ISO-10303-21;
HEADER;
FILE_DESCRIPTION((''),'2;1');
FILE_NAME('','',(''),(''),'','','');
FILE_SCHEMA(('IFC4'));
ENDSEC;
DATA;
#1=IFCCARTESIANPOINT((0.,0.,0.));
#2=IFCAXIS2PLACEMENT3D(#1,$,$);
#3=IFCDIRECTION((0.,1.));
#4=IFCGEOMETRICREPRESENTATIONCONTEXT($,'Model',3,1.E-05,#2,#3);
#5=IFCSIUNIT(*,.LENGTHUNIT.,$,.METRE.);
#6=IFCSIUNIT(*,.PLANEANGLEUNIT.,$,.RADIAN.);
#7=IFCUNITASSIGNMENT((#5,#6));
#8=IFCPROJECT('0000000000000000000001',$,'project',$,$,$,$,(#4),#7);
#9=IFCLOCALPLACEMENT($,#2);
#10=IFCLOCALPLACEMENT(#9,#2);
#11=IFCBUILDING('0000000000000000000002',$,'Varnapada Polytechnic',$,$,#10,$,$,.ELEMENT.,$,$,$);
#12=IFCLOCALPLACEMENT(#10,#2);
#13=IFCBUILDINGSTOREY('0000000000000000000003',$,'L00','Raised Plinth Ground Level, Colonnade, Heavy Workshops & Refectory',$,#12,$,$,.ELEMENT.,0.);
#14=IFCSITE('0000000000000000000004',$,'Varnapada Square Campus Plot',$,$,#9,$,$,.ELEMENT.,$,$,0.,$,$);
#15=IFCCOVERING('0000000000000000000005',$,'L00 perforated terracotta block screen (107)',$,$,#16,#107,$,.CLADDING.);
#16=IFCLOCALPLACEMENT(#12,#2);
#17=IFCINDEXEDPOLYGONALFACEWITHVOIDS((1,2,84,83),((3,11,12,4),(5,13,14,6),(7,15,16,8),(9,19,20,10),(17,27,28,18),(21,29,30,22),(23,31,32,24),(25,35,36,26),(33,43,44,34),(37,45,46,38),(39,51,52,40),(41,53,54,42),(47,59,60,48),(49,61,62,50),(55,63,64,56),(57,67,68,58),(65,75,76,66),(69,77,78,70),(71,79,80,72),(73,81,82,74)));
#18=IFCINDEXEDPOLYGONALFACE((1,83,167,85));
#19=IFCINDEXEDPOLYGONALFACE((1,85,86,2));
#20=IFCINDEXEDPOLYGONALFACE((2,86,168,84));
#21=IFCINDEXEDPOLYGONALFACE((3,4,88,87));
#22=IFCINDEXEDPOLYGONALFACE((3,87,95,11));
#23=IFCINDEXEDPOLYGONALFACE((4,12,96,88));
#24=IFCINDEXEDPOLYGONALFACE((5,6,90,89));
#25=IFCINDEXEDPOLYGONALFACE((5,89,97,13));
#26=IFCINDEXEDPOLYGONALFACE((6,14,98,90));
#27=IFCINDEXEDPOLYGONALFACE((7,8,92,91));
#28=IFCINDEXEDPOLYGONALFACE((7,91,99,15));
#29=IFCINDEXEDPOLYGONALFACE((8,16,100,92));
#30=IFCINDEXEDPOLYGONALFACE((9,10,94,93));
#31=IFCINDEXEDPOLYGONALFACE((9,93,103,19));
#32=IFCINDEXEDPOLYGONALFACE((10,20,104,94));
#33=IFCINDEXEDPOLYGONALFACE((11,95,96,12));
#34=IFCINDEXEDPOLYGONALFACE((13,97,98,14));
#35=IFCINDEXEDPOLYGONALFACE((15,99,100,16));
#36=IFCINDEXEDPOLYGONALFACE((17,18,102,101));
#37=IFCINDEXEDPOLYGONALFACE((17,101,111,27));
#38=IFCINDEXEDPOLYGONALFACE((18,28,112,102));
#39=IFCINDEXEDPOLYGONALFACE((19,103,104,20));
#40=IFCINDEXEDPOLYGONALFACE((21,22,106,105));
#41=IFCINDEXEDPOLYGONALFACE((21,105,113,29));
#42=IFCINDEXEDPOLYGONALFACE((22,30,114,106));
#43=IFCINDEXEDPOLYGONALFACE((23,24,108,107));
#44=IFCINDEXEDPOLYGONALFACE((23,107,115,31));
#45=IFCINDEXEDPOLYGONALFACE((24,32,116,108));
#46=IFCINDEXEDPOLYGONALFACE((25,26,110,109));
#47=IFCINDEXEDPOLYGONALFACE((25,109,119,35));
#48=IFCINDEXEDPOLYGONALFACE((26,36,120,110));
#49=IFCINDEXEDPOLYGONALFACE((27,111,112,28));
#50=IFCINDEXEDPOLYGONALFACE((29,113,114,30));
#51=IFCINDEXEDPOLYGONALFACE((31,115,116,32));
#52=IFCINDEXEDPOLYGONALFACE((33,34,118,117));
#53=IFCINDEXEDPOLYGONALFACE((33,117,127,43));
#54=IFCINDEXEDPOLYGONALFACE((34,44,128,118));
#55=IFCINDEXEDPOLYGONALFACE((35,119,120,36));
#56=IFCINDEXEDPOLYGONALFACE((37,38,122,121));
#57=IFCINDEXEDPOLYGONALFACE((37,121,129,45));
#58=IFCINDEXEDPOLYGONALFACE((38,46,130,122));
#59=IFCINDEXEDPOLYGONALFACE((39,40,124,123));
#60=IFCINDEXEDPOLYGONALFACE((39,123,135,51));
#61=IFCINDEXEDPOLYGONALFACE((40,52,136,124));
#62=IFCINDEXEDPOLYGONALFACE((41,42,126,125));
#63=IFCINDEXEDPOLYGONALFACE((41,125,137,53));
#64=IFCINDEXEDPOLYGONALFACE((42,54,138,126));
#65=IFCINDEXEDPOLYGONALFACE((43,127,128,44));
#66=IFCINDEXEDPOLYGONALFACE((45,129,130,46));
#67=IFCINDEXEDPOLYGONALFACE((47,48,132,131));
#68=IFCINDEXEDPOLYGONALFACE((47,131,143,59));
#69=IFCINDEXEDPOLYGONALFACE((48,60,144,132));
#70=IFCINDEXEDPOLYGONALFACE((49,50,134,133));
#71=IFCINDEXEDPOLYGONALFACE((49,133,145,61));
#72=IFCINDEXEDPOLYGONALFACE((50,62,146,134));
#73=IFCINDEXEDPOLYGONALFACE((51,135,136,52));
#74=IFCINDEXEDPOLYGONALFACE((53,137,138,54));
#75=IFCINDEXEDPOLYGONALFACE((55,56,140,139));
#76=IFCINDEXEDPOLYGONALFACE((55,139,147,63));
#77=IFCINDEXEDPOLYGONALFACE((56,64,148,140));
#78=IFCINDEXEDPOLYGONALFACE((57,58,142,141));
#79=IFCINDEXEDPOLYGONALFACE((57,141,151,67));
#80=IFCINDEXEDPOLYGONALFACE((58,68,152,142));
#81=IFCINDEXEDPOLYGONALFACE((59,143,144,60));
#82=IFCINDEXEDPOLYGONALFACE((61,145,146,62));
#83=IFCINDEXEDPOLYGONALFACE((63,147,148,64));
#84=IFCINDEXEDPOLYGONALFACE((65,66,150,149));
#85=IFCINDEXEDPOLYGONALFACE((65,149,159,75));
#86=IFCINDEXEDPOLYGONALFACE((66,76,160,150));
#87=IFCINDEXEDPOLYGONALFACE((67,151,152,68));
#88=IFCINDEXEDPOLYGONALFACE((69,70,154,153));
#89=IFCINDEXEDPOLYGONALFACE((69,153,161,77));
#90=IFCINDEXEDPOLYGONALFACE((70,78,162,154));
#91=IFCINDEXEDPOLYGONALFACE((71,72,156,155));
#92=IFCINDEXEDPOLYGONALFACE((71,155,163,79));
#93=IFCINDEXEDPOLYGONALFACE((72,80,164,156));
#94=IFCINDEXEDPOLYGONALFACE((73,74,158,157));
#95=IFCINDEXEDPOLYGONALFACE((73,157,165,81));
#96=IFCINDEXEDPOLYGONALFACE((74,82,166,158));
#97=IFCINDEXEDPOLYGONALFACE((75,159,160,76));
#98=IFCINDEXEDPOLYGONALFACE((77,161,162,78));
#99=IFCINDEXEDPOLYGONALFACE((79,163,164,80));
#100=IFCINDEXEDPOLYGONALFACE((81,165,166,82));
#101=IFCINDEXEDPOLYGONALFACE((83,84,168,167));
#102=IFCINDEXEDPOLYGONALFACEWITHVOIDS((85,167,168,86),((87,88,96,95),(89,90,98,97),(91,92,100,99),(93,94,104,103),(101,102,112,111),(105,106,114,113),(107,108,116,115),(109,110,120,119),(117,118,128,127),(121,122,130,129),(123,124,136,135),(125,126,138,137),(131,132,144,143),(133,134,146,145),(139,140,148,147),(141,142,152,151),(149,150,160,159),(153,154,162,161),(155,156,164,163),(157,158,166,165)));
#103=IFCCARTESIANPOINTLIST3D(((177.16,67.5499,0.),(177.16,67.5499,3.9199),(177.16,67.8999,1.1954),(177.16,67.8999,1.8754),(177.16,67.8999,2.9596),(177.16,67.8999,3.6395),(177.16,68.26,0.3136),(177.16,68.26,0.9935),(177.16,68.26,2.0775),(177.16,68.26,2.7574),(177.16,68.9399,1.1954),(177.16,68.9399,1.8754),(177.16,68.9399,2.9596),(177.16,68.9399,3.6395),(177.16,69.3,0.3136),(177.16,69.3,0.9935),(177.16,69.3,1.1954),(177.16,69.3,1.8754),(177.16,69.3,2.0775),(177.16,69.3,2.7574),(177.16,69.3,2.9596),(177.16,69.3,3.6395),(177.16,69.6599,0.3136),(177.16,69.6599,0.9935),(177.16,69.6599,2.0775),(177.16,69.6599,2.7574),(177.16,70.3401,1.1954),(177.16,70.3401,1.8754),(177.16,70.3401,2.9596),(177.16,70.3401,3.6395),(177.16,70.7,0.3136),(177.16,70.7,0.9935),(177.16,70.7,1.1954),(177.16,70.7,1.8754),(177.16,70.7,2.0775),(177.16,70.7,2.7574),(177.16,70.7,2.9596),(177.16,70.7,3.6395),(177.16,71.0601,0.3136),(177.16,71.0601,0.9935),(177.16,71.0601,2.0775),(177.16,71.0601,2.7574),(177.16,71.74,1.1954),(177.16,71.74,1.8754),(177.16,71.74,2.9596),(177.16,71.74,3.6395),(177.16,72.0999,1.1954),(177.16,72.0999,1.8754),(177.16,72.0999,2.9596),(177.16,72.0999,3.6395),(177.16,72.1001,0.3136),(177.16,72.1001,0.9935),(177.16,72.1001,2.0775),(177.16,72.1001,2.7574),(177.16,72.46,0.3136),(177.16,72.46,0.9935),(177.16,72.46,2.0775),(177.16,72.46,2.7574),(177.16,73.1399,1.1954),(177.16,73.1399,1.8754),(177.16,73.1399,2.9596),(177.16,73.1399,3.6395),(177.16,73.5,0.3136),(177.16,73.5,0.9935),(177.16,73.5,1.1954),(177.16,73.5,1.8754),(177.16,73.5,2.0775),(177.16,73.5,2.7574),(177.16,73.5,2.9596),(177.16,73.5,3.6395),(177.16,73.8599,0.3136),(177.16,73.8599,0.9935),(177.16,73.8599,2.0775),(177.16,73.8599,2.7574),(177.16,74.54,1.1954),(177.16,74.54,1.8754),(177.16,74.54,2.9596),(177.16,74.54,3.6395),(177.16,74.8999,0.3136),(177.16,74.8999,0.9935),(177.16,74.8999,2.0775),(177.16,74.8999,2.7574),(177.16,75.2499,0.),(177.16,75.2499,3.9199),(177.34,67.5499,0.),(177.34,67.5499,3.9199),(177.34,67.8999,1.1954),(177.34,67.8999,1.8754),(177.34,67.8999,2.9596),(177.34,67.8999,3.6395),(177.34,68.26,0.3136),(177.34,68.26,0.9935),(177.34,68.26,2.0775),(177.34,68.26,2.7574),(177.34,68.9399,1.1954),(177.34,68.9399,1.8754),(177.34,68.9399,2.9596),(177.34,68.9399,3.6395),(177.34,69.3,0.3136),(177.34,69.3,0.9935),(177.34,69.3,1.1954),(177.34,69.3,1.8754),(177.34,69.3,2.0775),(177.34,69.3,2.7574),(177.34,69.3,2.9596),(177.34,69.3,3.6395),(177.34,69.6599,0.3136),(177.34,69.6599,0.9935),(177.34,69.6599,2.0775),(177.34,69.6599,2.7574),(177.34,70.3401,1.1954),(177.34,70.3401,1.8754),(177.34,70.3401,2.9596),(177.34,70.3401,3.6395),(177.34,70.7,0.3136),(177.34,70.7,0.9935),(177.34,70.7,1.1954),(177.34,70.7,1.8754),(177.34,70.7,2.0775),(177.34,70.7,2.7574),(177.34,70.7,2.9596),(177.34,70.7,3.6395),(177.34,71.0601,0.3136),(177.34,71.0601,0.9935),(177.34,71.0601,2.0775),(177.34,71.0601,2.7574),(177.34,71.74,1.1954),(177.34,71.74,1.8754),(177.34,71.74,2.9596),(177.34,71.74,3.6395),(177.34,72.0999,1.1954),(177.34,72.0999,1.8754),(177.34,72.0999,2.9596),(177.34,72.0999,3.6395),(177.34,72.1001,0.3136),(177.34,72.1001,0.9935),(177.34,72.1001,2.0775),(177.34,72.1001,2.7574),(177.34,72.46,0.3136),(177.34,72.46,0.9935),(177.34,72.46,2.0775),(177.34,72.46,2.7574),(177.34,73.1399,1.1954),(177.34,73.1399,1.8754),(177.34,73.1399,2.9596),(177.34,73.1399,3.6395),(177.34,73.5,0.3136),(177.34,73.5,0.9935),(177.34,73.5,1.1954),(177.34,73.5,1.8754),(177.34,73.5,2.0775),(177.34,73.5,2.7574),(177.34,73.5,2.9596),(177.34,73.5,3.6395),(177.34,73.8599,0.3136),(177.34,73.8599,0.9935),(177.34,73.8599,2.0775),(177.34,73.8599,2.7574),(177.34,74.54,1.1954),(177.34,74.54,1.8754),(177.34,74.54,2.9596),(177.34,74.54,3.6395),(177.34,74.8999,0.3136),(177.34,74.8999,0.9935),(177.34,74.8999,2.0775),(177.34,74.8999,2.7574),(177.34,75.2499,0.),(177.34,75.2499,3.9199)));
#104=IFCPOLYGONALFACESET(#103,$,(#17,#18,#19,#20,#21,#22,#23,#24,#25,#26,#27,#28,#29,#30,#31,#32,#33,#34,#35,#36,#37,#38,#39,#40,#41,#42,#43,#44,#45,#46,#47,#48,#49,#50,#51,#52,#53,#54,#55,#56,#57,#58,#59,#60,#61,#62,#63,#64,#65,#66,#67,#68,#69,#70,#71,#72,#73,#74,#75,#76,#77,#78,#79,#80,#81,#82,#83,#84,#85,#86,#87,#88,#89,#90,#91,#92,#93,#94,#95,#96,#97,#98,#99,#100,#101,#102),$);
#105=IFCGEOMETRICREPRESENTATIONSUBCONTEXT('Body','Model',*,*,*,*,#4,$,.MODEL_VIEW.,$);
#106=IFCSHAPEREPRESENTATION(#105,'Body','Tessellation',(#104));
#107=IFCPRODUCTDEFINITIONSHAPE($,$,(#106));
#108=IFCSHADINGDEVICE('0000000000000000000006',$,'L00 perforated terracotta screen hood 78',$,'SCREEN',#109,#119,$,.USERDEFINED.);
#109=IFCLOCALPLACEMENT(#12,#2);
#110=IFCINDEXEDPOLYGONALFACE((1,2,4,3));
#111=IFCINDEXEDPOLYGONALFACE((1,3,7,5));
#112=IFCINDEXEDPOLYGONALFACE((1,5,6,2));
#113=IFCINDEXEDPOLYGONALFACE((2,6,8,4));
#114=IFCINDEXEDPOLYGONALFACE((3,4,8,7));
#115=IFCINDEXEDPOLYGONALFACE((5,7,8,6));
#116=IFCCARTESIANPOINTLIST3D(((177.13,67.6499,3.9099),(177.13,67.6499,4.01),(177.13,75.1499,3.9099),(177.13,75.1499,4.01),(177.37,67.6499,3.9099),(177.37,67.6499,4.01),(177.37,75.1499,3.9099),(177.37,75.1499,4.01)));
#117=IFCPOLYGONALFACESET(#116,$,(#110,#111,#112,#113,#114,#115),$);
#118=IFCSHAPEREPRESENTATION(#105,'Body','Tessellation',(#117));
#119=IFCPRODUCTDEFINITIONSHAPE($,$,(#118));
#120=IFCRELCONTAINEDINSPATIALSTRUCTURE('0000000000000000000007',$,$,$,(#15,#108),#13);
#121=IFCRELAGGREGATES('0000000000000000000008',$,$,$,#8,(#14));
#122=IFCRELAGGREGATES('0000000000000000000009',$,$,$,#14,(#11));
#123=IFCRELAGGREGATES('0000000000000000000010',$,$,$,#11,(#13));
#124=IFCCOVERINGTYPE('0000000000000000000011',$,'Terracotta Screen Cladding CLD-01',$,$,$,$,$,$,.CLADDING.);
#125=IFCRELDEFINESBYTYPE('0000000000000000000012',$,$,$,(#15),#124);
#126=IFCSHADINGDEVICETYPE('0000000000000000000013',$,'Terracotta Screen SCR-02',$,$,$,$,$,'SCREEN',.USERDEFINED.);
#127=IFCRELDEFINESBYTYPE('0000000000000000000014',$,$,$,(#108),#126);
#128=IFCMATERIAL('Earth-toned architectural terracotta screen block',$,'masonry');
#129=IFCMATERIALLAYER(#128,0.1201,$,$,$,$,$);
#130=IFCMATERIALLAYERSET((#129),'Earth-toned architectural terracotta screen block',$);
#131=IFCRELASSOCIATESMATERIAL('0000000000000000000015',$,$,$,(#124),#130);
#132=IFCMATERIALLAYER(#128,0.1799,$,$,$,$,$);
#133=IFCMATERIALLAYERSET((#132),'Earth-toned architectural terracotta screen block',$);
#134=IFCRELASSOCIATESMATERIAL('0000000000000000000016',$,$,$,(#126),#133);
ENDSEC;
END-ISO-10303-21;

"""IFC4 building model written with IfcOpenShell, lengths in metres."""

from ifc_helpers import new_model, si_unit, direction, frame, frame_2d, origin, origin_2d, place, context, subcontext, project, spatial, rectangle, extrude, material, layer, layer_set, type_object, element, save


model = new_model("IFC4")

# Units and contexts
model_context = context("Model", 3, precision=1e-05, world=origin(), true_north=direction((0.0, 1.0)))
body_context = subcontext(model_context, "Body", "Model", "MODEL_VIEW")
ifc_project = project(units=[si_unit("LENGTHUNIT", "METRE"), si_unit("PLANEANGLEUNIT", "RADIAN")], contexts=[model_context])

# Site, building, storey
site_placement = place(None, origin())
site = spatial("IfcSite", under=ifc_project, at=site_placement, Name="Varnapada Square Campus Plot", CompositionType="ELEMENT", RefElevation=0.0)
building_placement = place(site_placement, origin())
building = spatial("IfcBuilding", under=site, at=building_placement, Name="Varnapada Polytechnic", CompositionType="ELEMENT")
storey_placement = place(building_placement, origin())
storey = spatial("IfcBuildingStorey", under=building, at=storey_placement, Name="L00", Description="Raised Plinth Ground Level, Colonnade, Heavy Workshops & Refectory", CompositionType="ELEMENT", Elevation=0.0)

# Covering, openings
ifc_material_1 = material(Name="Earth-toned architectural terracotta screen block", Category="masonry")
ifc_layer_1 = layer(ifc_material_1, 0.1201)
ifc_layer_set_1 = layer_set([ifc_layer_1], Name="Earth-toned architectural terracotta screen block")
covering_type = type_object("IfcCoveringType", Name="Terracotta Screen Cladding CLD-01", PredefinedType="CLADDING", material=ifc_layer_set_1)
covering_placement = place(storey_placement, frame((177.25, 75.25, 0.0), z_axis=(0.0, 0.0, 1.0), x_axis=(0.0, -1.0, 0.0)))
covering = element("IfcCovering", 1, at=covering_placement, inside=storey, type_object=covering_type, Name="L00 perforated terracotta block screen (107)", PredefinedType="CLADDING", context=body_context, shape_type="SweptSolid", body=[
    extrude(rectangle(XDim=7.7, YDim=0.1799, at=frame_2d((3.8501, 0.0))), origin(), (0.0, 0.0, 1.0), 3.9199),
])
opening_1_placement = place(covering_placement, frame((0.3501, 0.0, 0.3137)))
element("IfcOpeningElement", 2, at=opening_1_placement, cuts=covering, PredefinedType="OPENING", context=body_context, shape_type="SweptSolid", body=[
    extrude(rectangle(XDim=1.04, YDim=0.6799, at=frame_2d((0.52, 0.3398))), frame((0.0, 0.0999, 0.0), z_axis=(0.0, -1.0, 0.0), x_axis=(1.0, 0.0, 0.0)), (0.0, 0.0, 1.0), 0.2),
])
opening_2_placement = place(covering_placement, frame((1.75, 0.0, 0.3137)))
element("IfcOpeningElement", 3, at=opening_2_placement, cuts=covering, PredefinedType="OPENING", context=body_context, shape_type="SweptSolid", body=[
    extrude(rectangle(XDim=1.04, YDim=0.6799, at=frame_2d((0.52, 0.3398))), frame((0.0, 0.0999, 0.0), z_axis=(0.0, -1.0, 0.0), x_axis=(1.0, 0.0, 0.0)), (0.0, 0.0, 1.0), 0.2),
])
opening_3_placement = place(covering_placement, frame((3.1499, 0.0, 0.3137)))
element("IfcOpeningElement", 4, at=opening_3_placement, cuts=covering, PredefinedType="OPENING", context=body_context, shape_type="SweptSolid", body=[
    extrude(rectangle(XDim=1.04, YDim=0.6799, at=frame_2d((0.52, 0.3398))), frame((0.0, 0.0999, 0.0), z_axis=(0.0, -1.0, 0.0), x_axis=(1.0, 0.0, 0.0)), (0.0, 0.0, 1.0), 0.2),
])
opening_4_placement = place(covering_placement, frame((4.55, 0.0, 0.3137)))
element("IfcOpeningElement", 5, at=opening_4_placement, cuts=covering, PredefinedType="OPENING", context=body_context, shape_type="SweptSolid", body=[
    extrude(rectangle(XDim=1.04, YDim=0.6799, at=frame_2d((0.52, 0.3398))), frame((0.0, 0.0999, 0.0), z_axis=(0.0, -1.0, 0.0), x_axis=(1.0, 0.0, 0.0)), (0.0, 0.0, 1.0), 0.2),
])
opening_5_placement = place(covering_placement, frame((5.95, 0.0, 0.3137)))
element("IfcOpeningElement", 6, at=opening_5_placement, cuts=covering, PredefinedType="OPENING", context=body_context, shape_type="SweptSolid", body=[
    extrude(rectangle(XDim=1.04, YDim=0.6799, at=frame_2d((0.52, 0.3398))), frame((0.0, 0.0999, 0.0), z_axis=(0.0, -1.0, 0.0), x_axis=(1.0, 0.0, 0.0)), (0.0, 0.0, 1.0), 0.2),
])
opening_6_placement = place(covering_placement, frame((0.71, 0.0, 1.1956)))
element("IfcOpeningElement", 7, at=opening_6_placement, cuts=covering, PredefinedType="OPENING", context=body_context, shape_type="SweptSolid", body=[
    extrude(rectangle(XDim=1.04, YDim=0.6799, at=frame_2d((0.52, 0.3398))), frame((0.0, 0.0999, 0.0), z_axis=(0.0, -1.0, 0.0), x_axis=(1.0, 0.0, 0.0)), (0.0, 0.0, 1.0), 0.2),
])
opening_7_placement = place(covering_placement, frame((2.1101, 0.0, 1.1956)))
element("IfcOpeningElement", 8, at=opening_7_placement, cuts=covering, PredefinedType="OPENING", context=body_context, shape_type="SweptSolid", body=[
    extrude(rectangle(XDim=1.04, YDim=0.6799, at=frame_2d((0.52, 0.3398))), frame((0.0, 0.0999, 0.0), z_axis=(0.0, -1.0, 0.0), x_axis=(1.0, 0.0, 0.0)), (0.0, 0.0, 1.0), 0.2),
])
opening_8_placement = place(covering_placement, frame((3.51, 0.0, 1.1956)))
element("IfcOpeningElement", 9, at=opening_8_placement, cuts=covering, PredefinedType="OPENING", context=body_context, shape_type="SweptSolid", body=[
    extrude(rectangle(XDim=1.04, YDim=0.6799, at=frame_2d((0.52, 0.3398))), frame((0.0, 0.0999, 0.0), z_axis=(0.0, -1.0, 0.0), x_axis=(1.0, 0.0, 0.0)), (0.0, 0.0, 1.0), 0.2),
])
opening_9_placement = place(covering_placement, frame((4.9099, 0.0, 1.1956)))
element("IfcOpeningElement", 10, at=opening_9_placement, cuts=covering, PredefinedType="OPENING", context=body_context, shape_type="SweptSolid", body=[
    extrude(rectangle(XDim=1.04, YDim=0.6799, at=frame_2d((0.52, 0.3398))), frame((0.0, 0.0999, 0.0), z_axis=(0.0, -1.0, 0.0), x_axis=(1.0, 0.0, 0.0)), (0.0, 0.0, 1.0), 0.2),
])
opening_10_placement = place(covering_placement, frame((6.3101, 0.0, 1.1956)))
element("IfcOpeningElement", 11, at=opening_10_placement, cuts=covering, PredefinedType="OPENING", context=body_context, shape_type="SweptSolid", body=[
    extrude(rectangle(XDim=1.04, YDim=0.6799, at=frame_2d((0.52, 0.3398))), frame((0.0, 0.0999, 0.0), z_axis=(0.0, -1.0, 0.0), x_axis=(1.0, 0.0, 0.0)), (0.0, 0.0, 1.0), 0.2),
])
opening_11_placement = place(covering_placement, frame((0.3501, 0.0, 2.0776)))
element("IfcOpeningElement", 12, at=opening_11_placement, cuts=covering, PredefinedType="OPENING", context=body_context, shape_type="SweptSolid", body=[
    extrude(rectangle(XDim=1.04, YDim=0.6799, at=frame_2d((0.52, 0.3398))), frame((0.0, 0.0999, 0.0), z_axis=(0.0, -1.0, 0.0), x_axis=(1.0, 0.0, 0.0)), (0.0, 0.0, 1.0), 0.2),
])
opening_12_placement = place(covering_placement, frame((1.75, 0.0, 2.0776)))
element("IfcOpeningElement", 13, at=opening_12_placement, cuts=covering, PredefinedType="OPENING", context=body_context, shape_type="SweptSolid", body=[
    extrude(rectangle(XDim=1.04, YDim=0.6799, at=frame_2d((0.52, 0.3398))), frame((0.0, 0.0999, 0.0), z_axis=(0.0, -1.0, 0.0), x_axis=(1.0, 0.0, 0.0)), (0.0, 0.0, 1.0), 0.2),
])
opening_13_placement = place(covering_placement, frame((3.1499, 0.0, 2.0776)))
element("IfcOpeningElement", 14, at=opening_13_placement, cuts=covering, PredefinedType="OPENING", context=body_context, shape_type="SweptSolid", body=[
    extrude(rectangle(XDim=1.04, YDim=0.6799, at=frame_2d((0.52, 0.3398))), frame((0.0, 0.0999, 0.0), z_axis=(0.0, -1.0, 0.0), x_axis=(1.0, 0.0, 0.0)), (0.0, 0.0, 1.0), 0.2),
])
opening_14_placement = place(covering_placement, frame((4.55, 0.0, 2.0776)))
element("IfcOpeningElement", 15, at=opening_14_placement, cuts=covering, PredefinedType="OPENING", context=body_context, shape_type="SweptSolid", body=[
    extrude(rectangle(XDim=1.04, YDim=0.6799, at=frame_2d((0.52, 0.3398))), frame((0.0, 0.0999, 0.0), z_axis=(0.0, -1.0, 0.0), x_axis=(1.0, 0.0, 0.0)), (0.0, 0.0, 1.0), 0.2),
])
opening_15_placement = place(covering_placement, frame((5.95, 0.0, 2.0776)))
element("IfcOpeningElement", 16, at=opening_15_placement, cuts=covering, PredefinedType="OPENING", context=body_context, shape_type="SweptSolid", body=[
    extrude(rectangle(XDim=1.04, YDim=0.6799, at=frame_2d((0.52, 0.3398))), frame((0.0, 0.0999, 0.0), z_axis=(0.0, -1.0, 0.0), x_axis=(1.0, 0.0, 0.0)), (0.0, 0.0, 1.0), 0.2),
])
opening_16_placement = place(covering_placement, frame((0.71, 0.0, 2.9597)))
element("IfcOpeningElement", 17, at=opening_16_placement, cuts=covering, PredefinedType="OPENING", context=body_context, shape_type="SweptSolid", body=[
    extrude(rectangle(XDim=1.04, YDim=0.6799, at=frame_2d((0.52, 0.3398))), frame((0.0, 0.0999, 0.0), z_axis=(0.0, -1.0, 0.0), x_axis=(1.0, 0.0, 0.0)), (0.0, 0.0, 1.0), 0.2),
])
opening_17_placement = place(covering_placement, frame((2.1101, 0.0, 2.9597)))
element("IfcOpeningElement", 18, at=opening_17_placement, cuts=covering, PredefinedType="OPENING", context=body_context, shape_type="SweptSolid", body=[
    extrude(rectangle(XDim=1.04, YDim=0.6799, at=frame_2d((0.52, 0.3398))), frame((0.0, 0.0999, 0.0), z_axis=(0.0, -1.0, 0.0), x_axis=(1.0, 0.0, 0.0)), (0.0, 0.0, 1.0), 0.2),
])
opening_18_placement = place(covering_placement, frame((3.51, 0.0, 2.9597)))
element("IfcOpeningElement", 19, at=opening_18_placement, cuts=covering, PredefinedType="OPENING", context=body_context, shape_type="SweptSolid", body=[
    extrude(rectangle(XDim=1.04, YDim=0.6799, at=frame_2d((0.52, 0.3398))), frame((0.0, 0.0999, 0.0), z_axis=(0.0, -1.0, 0.0), x_axis=(1.0, 0.0, 0.0)), (0.0, 0.0, 1.0), 0.2),
])
opening_19_placement = place(covering_placement, frame((4.9099, 0.0, 2.9597)))
element("IfcOpeningElement", 20, at=opening_19_placement, cuts=covering, PredefinedType="OPENING", context=body_context, shape_type="SweptSolid", body=[
    extrude(rectangle(XDim=1.04, YDim=0.6799, at=frame_2d((0.52, 0.3398))), frame((0.0, 0.0999, 0.0), z_axis=(0.0, -1.0, 0.0), x_axis=(1.0, 0.0, 0.0)), (0.0, 0.0, 1.0), 0.2),
])
opening_20_placement = place(covering_placement, frame((6.3101, 0.0, 2.9597)))
element("IfcOpeningElement", 21, at=opening_20_placement, cuts=covering, PredefinedType="OPENING", context=body_context, shape_type="SweptSolid", body=[
    extrude(rectangle(XDim=1.04, YDim=0.6799, at=frame_2d((0.52, 0.3398))), frame((0.0, 0.0999, 0.0), z_axis=(0.0, -1.0, 0.0), x_axis=(1.0, 0.0, 0.0)), (0.0, 0.0, 1.0), 0.2),
])

# Shading device
ifc_layer_2 = layer(ifc_material_1, 0.1799)
ifc_layer_set_2 = layer_set([ifc_layer_2], Name="Earth-toned architectural terracotta screen block")
shading_device_type = type_object("IfcShadingDeviceType", Name="Terracotta Screen SCR-02", ElementType="SCREEN", PredefinedType="USERDEFINED", material=ifc_layer_set_2)
shading_device_placement = place(storey_placement, frame((177.25, 71.3999, 3.9099), z_axis=(0.0, 0.0, 1.0), x_axis=(0.0, -1.0, 0.0)))
element("IfcShadingDevice", 22, at=shading_device_placement, inside=storey, type_object=shading_device_type, Name="L00 perforated terracotta screen hood 78", ObjectType="SCREEN", PredefinedType="USERDEFINED", context=body_context, shape_type="SweptSolid", body=[
    extrude(rectangle(XDim=7.5, YDim=0.24, at=origin_2d()), origin(), (0.0, 0.0, 1.0), 0.1001),
])

save(model, "model.ifc")
